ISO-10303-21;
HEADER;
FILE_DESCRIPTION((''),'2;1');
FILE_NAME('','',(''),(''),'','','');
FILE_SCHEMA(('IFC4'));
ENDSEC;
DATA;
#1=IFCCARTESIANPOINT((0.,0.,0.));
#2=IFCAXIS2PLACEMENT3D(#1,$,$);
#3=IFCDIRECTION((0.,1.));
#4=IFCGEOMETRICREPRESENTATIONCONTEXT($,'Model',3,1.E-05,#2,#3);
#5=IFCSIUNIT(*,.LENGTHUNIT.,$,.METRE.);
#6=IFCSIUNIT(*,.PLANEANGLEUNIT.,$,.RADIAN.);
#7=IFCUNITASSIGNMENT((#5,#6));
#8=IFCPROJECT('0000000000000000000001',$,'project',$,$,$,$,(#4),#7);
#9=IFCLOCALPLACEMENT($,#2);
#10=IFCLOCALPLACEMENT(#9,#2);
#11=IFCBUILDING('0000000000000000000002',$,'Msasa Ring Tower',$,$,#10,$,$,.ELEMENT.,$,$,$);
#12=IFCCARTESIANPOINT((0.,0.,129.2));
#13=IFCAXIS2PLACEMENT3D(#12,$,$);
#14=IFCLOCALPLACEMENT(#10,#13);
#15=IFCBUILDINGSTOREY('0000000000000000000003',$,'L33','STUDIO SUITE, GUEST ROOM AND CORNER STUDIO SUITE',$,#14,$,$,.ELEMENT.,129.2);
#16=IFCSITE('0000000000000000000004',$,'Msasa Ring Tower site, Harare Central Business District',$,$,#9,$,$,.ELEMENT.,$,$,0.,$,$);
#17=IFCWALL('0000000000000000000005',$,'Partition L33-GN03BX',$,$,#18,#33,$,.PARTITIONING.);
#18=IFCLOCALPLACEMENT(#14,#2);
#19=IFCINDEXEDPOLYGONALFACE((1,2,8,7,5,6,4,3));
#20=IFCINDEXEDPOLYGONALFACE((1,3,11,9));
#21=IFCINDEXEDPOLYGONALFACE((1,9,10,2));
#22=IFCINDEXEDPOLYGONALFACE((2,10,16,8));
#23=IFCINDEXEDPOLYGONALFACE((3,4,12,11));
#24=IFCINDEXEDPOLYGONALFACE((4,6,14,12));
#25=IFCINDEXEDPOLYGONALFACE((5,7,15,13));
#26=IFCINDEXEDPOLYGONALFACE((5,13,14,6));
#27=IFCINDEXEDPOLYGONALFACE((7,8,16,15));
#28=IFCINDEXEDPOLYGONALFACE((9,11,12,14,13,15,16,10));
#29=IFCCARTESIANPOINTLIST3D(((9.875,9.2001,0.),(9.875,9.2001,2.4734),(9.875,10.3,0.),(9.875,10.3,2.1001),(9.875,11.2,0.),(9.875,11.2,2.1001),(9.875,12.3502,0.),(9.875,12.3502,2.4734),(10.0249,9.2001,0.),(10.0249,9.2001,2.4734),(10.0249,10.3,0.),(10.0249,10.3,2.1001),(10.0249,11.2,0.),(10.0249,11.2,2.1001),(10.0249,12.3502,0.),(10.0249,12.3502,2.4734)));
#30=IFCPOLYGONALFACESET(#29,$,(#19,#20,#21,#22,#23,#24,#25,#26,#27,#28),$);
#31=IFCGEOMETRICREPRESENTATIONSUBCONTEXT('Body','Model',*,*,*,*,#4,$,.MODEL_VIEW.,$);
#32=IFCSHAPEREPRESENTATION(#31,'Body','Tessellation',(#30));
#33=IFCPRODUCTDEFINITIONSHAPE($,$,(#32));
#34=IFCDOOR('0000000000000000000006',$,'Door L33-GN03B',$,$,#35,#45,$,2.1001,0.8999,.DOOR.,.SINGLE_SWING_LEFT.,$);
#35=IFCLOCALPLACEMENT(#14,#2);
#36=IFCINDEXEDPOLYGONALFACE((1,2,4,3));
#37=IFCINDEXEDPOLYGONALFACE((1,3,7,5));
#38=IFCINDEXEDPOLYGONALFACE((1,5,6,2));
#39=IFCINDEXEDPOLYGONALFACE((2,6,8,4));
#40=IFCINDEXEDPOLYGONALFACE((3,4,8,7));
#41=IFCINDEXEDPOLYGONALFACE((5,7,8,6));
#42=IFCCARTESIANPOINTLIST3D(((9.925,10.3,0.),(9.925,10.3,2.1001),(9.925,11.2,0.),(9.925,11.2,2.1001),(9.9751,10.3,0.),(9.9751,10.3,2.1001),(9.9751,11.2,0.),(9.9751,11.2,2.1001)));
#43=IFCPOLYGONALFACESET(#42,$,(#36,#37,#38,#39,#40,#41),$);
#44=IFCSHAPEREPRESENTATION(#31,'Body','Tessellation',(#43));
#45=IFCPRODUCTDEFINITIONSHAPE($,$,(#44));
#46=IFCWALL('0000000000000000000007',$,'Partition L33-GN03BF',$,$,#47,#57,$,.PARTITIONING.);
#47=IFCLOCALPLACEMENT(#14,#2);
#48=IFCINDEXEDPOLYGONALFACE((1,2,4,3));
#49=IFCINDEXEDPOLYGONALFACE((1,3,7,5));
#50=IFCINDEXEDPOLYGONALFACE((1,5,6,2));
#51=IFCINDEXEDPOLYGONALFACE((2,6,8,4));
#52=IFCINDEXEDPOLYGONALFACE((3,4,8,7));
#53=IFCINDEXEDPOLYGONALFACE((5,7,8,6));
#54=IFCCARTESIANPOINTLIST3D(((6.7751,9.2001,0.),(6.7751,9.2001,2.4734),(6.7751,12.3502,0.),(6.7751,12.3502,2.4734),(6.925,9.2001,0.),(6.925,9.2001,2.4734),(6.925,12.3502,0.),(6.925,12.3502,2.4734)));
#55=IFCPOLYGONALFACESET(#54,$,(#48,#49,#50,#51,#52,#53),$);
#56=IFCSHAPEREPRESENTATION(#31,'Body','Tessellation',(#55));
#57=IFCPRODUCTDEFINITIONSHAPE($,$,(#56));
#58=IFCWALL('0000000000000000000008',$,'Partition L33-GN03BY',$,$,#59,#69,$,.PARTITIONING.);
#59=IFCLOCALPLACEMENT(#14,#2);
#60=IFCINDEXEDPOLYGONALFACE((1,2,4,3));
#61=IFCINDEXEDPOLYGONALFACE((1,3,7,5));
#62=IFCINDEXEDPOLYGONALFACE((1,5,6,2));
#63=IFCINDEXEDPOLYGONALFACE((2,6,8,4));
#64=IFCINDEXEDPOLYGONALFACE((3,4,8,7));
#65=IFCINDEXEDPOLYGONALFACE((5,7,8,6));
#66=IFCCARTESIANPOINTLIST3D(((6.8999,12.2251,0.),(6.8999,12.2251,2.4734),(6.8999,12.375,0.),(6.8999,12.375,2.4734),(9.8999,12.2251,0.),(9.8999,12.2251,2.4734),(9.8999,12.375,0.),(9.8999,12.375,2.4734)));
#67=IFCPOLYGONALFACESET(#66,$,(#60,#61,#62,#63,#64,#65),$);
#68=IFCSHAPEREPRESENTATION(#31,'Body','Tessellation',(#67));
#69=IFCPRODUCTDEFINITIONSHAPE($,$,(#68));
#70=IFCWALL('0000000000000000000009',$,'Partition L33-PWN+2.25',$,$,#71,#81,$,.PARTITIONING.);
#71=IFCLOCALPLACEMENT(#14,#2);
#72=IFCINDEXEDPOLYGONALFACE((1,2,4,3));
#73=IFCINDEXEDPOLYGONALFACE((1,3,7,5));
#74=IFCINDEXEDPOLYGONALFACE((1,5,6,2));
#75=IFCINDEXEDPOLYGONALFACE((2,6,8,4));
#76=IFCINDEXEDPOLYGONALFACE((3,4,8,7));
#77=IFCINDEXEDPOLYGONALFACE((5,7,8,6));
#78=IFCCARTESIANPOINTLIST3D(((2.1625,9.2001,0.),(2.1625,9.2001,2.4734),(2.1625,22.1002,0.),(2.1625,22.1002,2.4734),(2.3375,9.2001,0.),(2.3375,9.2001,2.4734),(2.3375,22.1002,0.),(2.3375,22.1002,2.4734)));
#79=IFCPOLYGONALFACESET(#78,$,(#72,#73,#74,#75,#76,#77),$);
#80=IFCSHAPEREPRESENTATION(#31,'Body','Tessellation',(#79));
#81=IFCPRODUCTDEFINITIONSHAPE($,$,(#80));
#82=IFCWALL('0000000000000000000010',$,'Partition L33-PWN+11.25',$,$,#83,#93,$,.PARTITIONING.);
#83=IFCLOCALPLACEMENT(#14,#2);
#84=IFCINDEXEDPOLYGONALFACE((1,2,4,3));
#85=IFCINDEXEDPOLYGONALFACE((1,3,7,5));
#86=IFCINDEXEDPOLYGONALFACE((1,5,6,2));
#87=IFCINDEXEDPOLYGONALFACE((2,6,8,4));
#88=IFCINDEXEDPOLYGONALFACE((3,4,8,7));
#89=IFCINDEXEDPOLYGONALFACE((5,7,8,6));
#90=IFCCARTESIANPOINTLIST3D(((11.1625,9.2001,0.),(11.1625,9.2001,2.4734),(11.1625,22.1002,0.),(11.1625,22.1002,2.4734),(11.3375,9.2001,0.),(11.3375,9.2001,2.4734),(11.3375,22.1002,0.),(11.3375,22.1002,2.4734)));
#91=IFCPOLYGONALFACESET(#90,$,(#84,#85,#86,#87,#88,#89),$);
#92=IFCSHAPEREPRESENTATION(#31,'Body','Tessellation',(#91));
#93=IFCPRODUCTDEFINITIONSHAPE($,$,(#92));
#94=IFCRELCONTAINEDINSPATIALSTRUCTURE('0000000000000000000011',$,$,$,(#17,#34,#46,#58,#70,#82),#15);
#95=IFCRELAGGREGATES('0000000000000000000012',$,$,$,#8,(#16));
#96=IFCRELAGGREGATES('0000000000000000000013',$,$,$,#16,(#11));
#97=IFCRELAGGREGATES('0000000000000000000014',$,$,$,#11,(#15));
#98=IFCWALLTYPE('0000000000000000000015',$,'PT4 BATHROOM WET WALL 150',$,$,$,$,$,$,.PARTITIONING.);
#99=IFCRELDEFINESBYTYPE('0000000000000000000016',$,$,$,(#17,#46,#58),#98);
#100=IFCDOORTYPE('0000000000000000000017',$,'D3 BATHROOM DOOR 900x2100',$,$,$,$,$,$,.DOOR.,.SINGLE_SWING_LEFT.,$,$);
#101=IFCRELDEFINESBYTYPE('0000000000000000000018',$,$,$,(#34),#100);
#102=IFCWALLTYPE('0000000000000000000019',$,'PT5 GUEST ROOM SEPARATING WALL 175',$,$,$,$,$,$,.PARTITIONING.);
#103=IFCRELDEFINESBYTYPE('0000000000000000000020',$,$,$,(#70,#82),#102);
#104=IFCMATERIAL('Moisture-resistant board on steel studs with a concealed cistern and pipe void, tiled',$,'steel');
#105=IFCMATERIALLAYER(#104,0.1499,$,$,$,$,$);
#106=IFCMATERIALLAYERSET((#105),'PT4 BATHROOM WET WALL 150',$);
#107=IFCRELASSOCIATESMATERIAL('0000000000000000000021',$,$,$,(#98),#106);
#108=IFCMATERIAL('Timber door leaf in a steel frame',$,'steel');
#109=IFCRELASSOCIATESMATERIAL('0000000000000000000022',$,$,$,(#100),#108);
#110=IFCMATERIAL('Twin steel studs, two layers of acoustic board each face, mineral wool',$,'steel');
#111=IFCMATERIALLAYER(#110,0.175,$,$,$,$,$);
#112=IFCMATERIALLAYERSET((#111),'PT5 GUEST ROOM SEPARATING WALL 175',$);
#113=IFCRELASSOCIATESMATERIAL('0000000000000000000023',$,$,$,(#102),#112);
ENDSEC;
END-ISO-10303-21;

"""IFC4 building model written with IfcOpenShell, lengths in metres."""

from ifc_helpers import new_model, si_unit, direction, frame, frame_2d, origin, place, context, subcontext, project, spatial, rectangle, extrude, material, layer, layer_set, type_object, element, fill, save


model = new_model("IFC4")

# Units and contexts
model_context = context("Model", 3, precision=1e-05, world=origin(), true_north=direction((0.0, 1.0)))
body_context = subcontext(model_context, "Body", "Model", "MODEL_VIEW")
ifc_project = project(units=[si_unit("LENGTHUNIT", "METRE"), si_unit("PLANEANGLEUNIT", "RADIAN")], contexts=[model_context])

# Site, building, storey
site_placement = place(None, origin())
site = spatial("IfcSite", under=ifc_project, at=site_placement, Name="Msasa Ring Tower site, Harare Central Business District", CompositionType="ELEMENT", RefElevation=0.0)
building_placement = place(site_placement, origin())
building = spatial("IfcBuilding", under=site, at=building_placement, Name="Msasa Ring Tower", CompositionType="ELEMENT")
storey_placement = place(building_placement, frame((0.0, 0.0, 129.2)))
storey = spatial("IfcBuildingStorey", under=building, at=storey_placement, Name="L33", Description="STUDIO SUITE, GUEST ROOM AND CORNER STUDIO SUITE", CompositionType="ELEMENT", Elevation=129.2)

# Wall, opening, door
ifc_material_1 = material(Name="Moisture-resistant board on steel studs with a concealed cistern and pipe void, tiled", Category="steel")
ifc_layer_1 = layer(ifc_material_1, 0.1499)
ifc_layer_set_1 = layer_set([ifc_layer_1], Name="PT4 BATHROOM WET WALL 150")
wall_type_1 = type_object("IfcWallType", Name="PT4 BATHROOM WET WALL 150", PredefinedType="PARTITIONING", material=ifc_layer_set_1)
wall_1_placement = place(storey_placement, frame((9.95, 9.2, 0.0), z_axis=(0.0, 0.0, 1.0), x_axis=(0.0, 1.0, 0.0)))
wall_1 = element("IfcWall", 1, at=wall_1_placement, inside=storey, type_object=wall_type_1, Name="Partition L33-GN03BX", PredefinedType="PARTITIONING", context=body_context, shape_type="SweptSolid", body=[
    extrude(rectangle(XDim=3.1501, YDim=0.1499, at=frame_2d((1.5752, 0.0))), origin(), (0.0, 0.0, 1.0), 2.4734),
])
opening_1_placement = place(wall_1_placement, frame((1.1001, 0.0, 0.0)))
opening_1 = element("IfcOpeningElement", 2, at=opening_1_placement, cuts=wall_1, PredefinedType="OPENING", context=body_context, shape_type="SweptSolid", body=[
    extrude(rectangle(XDim=0.8999, YDim=2.1001, at=frame_2d((0.45, 1.05))), frame((0.0, 0.085, 0.0), z_axis=(0.0, -1.0, 0.0), x_axis=(1.0, 0.0, 0.0)), (0.0, 0.0, 1.0), 0.1699),
])
ifc_material_2 = material(Name="Timber door leaf in a steel frame", Category="steel")
door_type = type_object("IfcDoorType", Name="D3 BATHROOM DOOR 900x2100", OperationType="SINGLE_SWING_LEFT", PredefinedType="DOOR", material=ifc_material_2)
door_placement = place(opening_1_placement, origin())
door = element("IfcDoor", 3, at=door_placement, inside=storey, type_object=door_type, Name="Door L33-GN03B", OperationType="SINGLE_SWING_LEFT", OverallHeight=2.1001, OverallWidth=0.8999, PredefinedType="DOOR", context=body_context, shape_type="SweptSolid", body=[
    extrude(rectangle(XDim=0.8999, YDim=2.1001, at=frame_2d((0.45, 1.05))), frame((0.0, 0.0249, 0.0), z_axis=(0.0, -1.0, 0.0), x_axis=(1.0, 0.0, 0.0)), (0.0, 0.0, 1.0), 0.05),
])
fill(opening_1, door)

# Walls
wall_2_placement = place(storey_placement, frame((6.8501, 9.2, 0.0), z_axis=(0.0, 0.0, 1.0), x_axis=(0.0, 1.0, 0.0)))
element("IfcWall", 4, at=wall_2_placement, inside=storey, type_object=wall_type_1, Name="Partition L33-GN03BF", PredefinedType="PARTITIONING", context=body_context, shape_type="SweptSolid", body=[
    extrude(rectangle(XDim=3.1501, YDim=0.1499, at=frame_2d((1.5752, 0.0))), origin(), (0.0, 0.0, 1.0), 2.4734),
])
wall_3_placement = place(storey_placement, frame((6.8999, 12.3, 0.0), z_axis=(0.0, 0.0, 1.0), x_axis=(1.0, 0.0, 0.0)))
element("IfcWall", 5, at=wall_3_placement, inside=storey, type_object=wall_type_1, Name="Partition L33-GN03BY", PredefinedType="PARTITIONING", context=body_context, shape_type="SweptSolid", body=[
    extrude(rectangle(XDim=3.0, YDim=0.1499, at=frame_2d((1.5, 0.0))), origin(), (0.0, 0.0, 1.0), 2.4734),
])
ifc_material_3 = material(Name="Twin steel studs, two layers of acoustic board each face, mineral wool", Category="steel")
ifc_layer_2 = layer(ifc_material_3, 0.175)
ifc_layer_set_2 = layer_set([ifc_layer_2], Name="PT5 GUEST ROOM SEPARATING WALL 175")
wall_type_2 = type_object("IfcWallType", Name="PT5 GUEST ROOM SEPARATING WALL 175", PredefinedType="PARTITIONING", material=ifc_layer_set_2)
for number, where, z_axis, x_axis, name in (
    (6, (2.25, 9.2, 0.0), (0.0, 0.0, 1.0), (0.0, 1.0, 0.0), "Partition L33-PWN+2.25"),
    (7, (11.25, 9.2, 0.0), (0.0, 0.0, 1.0), (0.0, 1.0, 0.0), "Partition L33-PWN+11.25"),
):
    element("IfcWall", number, at=place(storey_placement, frame(where, z_axis=z_axis, x_axis=x_axis)), inside=storey, type_object=wall_type_2, Name=name, PredefinedType="PARTITIONING", context=body_context, shape_type="SweptSolid", body=[
        extrude(rectangle(XDim=12.9001, YDim=0.175, at=frame_2d((6.4502, 0.0))), origin(), (0.0, 0.0, 1.0), 2.4734),
    ])

save(model, "model.ifc")
